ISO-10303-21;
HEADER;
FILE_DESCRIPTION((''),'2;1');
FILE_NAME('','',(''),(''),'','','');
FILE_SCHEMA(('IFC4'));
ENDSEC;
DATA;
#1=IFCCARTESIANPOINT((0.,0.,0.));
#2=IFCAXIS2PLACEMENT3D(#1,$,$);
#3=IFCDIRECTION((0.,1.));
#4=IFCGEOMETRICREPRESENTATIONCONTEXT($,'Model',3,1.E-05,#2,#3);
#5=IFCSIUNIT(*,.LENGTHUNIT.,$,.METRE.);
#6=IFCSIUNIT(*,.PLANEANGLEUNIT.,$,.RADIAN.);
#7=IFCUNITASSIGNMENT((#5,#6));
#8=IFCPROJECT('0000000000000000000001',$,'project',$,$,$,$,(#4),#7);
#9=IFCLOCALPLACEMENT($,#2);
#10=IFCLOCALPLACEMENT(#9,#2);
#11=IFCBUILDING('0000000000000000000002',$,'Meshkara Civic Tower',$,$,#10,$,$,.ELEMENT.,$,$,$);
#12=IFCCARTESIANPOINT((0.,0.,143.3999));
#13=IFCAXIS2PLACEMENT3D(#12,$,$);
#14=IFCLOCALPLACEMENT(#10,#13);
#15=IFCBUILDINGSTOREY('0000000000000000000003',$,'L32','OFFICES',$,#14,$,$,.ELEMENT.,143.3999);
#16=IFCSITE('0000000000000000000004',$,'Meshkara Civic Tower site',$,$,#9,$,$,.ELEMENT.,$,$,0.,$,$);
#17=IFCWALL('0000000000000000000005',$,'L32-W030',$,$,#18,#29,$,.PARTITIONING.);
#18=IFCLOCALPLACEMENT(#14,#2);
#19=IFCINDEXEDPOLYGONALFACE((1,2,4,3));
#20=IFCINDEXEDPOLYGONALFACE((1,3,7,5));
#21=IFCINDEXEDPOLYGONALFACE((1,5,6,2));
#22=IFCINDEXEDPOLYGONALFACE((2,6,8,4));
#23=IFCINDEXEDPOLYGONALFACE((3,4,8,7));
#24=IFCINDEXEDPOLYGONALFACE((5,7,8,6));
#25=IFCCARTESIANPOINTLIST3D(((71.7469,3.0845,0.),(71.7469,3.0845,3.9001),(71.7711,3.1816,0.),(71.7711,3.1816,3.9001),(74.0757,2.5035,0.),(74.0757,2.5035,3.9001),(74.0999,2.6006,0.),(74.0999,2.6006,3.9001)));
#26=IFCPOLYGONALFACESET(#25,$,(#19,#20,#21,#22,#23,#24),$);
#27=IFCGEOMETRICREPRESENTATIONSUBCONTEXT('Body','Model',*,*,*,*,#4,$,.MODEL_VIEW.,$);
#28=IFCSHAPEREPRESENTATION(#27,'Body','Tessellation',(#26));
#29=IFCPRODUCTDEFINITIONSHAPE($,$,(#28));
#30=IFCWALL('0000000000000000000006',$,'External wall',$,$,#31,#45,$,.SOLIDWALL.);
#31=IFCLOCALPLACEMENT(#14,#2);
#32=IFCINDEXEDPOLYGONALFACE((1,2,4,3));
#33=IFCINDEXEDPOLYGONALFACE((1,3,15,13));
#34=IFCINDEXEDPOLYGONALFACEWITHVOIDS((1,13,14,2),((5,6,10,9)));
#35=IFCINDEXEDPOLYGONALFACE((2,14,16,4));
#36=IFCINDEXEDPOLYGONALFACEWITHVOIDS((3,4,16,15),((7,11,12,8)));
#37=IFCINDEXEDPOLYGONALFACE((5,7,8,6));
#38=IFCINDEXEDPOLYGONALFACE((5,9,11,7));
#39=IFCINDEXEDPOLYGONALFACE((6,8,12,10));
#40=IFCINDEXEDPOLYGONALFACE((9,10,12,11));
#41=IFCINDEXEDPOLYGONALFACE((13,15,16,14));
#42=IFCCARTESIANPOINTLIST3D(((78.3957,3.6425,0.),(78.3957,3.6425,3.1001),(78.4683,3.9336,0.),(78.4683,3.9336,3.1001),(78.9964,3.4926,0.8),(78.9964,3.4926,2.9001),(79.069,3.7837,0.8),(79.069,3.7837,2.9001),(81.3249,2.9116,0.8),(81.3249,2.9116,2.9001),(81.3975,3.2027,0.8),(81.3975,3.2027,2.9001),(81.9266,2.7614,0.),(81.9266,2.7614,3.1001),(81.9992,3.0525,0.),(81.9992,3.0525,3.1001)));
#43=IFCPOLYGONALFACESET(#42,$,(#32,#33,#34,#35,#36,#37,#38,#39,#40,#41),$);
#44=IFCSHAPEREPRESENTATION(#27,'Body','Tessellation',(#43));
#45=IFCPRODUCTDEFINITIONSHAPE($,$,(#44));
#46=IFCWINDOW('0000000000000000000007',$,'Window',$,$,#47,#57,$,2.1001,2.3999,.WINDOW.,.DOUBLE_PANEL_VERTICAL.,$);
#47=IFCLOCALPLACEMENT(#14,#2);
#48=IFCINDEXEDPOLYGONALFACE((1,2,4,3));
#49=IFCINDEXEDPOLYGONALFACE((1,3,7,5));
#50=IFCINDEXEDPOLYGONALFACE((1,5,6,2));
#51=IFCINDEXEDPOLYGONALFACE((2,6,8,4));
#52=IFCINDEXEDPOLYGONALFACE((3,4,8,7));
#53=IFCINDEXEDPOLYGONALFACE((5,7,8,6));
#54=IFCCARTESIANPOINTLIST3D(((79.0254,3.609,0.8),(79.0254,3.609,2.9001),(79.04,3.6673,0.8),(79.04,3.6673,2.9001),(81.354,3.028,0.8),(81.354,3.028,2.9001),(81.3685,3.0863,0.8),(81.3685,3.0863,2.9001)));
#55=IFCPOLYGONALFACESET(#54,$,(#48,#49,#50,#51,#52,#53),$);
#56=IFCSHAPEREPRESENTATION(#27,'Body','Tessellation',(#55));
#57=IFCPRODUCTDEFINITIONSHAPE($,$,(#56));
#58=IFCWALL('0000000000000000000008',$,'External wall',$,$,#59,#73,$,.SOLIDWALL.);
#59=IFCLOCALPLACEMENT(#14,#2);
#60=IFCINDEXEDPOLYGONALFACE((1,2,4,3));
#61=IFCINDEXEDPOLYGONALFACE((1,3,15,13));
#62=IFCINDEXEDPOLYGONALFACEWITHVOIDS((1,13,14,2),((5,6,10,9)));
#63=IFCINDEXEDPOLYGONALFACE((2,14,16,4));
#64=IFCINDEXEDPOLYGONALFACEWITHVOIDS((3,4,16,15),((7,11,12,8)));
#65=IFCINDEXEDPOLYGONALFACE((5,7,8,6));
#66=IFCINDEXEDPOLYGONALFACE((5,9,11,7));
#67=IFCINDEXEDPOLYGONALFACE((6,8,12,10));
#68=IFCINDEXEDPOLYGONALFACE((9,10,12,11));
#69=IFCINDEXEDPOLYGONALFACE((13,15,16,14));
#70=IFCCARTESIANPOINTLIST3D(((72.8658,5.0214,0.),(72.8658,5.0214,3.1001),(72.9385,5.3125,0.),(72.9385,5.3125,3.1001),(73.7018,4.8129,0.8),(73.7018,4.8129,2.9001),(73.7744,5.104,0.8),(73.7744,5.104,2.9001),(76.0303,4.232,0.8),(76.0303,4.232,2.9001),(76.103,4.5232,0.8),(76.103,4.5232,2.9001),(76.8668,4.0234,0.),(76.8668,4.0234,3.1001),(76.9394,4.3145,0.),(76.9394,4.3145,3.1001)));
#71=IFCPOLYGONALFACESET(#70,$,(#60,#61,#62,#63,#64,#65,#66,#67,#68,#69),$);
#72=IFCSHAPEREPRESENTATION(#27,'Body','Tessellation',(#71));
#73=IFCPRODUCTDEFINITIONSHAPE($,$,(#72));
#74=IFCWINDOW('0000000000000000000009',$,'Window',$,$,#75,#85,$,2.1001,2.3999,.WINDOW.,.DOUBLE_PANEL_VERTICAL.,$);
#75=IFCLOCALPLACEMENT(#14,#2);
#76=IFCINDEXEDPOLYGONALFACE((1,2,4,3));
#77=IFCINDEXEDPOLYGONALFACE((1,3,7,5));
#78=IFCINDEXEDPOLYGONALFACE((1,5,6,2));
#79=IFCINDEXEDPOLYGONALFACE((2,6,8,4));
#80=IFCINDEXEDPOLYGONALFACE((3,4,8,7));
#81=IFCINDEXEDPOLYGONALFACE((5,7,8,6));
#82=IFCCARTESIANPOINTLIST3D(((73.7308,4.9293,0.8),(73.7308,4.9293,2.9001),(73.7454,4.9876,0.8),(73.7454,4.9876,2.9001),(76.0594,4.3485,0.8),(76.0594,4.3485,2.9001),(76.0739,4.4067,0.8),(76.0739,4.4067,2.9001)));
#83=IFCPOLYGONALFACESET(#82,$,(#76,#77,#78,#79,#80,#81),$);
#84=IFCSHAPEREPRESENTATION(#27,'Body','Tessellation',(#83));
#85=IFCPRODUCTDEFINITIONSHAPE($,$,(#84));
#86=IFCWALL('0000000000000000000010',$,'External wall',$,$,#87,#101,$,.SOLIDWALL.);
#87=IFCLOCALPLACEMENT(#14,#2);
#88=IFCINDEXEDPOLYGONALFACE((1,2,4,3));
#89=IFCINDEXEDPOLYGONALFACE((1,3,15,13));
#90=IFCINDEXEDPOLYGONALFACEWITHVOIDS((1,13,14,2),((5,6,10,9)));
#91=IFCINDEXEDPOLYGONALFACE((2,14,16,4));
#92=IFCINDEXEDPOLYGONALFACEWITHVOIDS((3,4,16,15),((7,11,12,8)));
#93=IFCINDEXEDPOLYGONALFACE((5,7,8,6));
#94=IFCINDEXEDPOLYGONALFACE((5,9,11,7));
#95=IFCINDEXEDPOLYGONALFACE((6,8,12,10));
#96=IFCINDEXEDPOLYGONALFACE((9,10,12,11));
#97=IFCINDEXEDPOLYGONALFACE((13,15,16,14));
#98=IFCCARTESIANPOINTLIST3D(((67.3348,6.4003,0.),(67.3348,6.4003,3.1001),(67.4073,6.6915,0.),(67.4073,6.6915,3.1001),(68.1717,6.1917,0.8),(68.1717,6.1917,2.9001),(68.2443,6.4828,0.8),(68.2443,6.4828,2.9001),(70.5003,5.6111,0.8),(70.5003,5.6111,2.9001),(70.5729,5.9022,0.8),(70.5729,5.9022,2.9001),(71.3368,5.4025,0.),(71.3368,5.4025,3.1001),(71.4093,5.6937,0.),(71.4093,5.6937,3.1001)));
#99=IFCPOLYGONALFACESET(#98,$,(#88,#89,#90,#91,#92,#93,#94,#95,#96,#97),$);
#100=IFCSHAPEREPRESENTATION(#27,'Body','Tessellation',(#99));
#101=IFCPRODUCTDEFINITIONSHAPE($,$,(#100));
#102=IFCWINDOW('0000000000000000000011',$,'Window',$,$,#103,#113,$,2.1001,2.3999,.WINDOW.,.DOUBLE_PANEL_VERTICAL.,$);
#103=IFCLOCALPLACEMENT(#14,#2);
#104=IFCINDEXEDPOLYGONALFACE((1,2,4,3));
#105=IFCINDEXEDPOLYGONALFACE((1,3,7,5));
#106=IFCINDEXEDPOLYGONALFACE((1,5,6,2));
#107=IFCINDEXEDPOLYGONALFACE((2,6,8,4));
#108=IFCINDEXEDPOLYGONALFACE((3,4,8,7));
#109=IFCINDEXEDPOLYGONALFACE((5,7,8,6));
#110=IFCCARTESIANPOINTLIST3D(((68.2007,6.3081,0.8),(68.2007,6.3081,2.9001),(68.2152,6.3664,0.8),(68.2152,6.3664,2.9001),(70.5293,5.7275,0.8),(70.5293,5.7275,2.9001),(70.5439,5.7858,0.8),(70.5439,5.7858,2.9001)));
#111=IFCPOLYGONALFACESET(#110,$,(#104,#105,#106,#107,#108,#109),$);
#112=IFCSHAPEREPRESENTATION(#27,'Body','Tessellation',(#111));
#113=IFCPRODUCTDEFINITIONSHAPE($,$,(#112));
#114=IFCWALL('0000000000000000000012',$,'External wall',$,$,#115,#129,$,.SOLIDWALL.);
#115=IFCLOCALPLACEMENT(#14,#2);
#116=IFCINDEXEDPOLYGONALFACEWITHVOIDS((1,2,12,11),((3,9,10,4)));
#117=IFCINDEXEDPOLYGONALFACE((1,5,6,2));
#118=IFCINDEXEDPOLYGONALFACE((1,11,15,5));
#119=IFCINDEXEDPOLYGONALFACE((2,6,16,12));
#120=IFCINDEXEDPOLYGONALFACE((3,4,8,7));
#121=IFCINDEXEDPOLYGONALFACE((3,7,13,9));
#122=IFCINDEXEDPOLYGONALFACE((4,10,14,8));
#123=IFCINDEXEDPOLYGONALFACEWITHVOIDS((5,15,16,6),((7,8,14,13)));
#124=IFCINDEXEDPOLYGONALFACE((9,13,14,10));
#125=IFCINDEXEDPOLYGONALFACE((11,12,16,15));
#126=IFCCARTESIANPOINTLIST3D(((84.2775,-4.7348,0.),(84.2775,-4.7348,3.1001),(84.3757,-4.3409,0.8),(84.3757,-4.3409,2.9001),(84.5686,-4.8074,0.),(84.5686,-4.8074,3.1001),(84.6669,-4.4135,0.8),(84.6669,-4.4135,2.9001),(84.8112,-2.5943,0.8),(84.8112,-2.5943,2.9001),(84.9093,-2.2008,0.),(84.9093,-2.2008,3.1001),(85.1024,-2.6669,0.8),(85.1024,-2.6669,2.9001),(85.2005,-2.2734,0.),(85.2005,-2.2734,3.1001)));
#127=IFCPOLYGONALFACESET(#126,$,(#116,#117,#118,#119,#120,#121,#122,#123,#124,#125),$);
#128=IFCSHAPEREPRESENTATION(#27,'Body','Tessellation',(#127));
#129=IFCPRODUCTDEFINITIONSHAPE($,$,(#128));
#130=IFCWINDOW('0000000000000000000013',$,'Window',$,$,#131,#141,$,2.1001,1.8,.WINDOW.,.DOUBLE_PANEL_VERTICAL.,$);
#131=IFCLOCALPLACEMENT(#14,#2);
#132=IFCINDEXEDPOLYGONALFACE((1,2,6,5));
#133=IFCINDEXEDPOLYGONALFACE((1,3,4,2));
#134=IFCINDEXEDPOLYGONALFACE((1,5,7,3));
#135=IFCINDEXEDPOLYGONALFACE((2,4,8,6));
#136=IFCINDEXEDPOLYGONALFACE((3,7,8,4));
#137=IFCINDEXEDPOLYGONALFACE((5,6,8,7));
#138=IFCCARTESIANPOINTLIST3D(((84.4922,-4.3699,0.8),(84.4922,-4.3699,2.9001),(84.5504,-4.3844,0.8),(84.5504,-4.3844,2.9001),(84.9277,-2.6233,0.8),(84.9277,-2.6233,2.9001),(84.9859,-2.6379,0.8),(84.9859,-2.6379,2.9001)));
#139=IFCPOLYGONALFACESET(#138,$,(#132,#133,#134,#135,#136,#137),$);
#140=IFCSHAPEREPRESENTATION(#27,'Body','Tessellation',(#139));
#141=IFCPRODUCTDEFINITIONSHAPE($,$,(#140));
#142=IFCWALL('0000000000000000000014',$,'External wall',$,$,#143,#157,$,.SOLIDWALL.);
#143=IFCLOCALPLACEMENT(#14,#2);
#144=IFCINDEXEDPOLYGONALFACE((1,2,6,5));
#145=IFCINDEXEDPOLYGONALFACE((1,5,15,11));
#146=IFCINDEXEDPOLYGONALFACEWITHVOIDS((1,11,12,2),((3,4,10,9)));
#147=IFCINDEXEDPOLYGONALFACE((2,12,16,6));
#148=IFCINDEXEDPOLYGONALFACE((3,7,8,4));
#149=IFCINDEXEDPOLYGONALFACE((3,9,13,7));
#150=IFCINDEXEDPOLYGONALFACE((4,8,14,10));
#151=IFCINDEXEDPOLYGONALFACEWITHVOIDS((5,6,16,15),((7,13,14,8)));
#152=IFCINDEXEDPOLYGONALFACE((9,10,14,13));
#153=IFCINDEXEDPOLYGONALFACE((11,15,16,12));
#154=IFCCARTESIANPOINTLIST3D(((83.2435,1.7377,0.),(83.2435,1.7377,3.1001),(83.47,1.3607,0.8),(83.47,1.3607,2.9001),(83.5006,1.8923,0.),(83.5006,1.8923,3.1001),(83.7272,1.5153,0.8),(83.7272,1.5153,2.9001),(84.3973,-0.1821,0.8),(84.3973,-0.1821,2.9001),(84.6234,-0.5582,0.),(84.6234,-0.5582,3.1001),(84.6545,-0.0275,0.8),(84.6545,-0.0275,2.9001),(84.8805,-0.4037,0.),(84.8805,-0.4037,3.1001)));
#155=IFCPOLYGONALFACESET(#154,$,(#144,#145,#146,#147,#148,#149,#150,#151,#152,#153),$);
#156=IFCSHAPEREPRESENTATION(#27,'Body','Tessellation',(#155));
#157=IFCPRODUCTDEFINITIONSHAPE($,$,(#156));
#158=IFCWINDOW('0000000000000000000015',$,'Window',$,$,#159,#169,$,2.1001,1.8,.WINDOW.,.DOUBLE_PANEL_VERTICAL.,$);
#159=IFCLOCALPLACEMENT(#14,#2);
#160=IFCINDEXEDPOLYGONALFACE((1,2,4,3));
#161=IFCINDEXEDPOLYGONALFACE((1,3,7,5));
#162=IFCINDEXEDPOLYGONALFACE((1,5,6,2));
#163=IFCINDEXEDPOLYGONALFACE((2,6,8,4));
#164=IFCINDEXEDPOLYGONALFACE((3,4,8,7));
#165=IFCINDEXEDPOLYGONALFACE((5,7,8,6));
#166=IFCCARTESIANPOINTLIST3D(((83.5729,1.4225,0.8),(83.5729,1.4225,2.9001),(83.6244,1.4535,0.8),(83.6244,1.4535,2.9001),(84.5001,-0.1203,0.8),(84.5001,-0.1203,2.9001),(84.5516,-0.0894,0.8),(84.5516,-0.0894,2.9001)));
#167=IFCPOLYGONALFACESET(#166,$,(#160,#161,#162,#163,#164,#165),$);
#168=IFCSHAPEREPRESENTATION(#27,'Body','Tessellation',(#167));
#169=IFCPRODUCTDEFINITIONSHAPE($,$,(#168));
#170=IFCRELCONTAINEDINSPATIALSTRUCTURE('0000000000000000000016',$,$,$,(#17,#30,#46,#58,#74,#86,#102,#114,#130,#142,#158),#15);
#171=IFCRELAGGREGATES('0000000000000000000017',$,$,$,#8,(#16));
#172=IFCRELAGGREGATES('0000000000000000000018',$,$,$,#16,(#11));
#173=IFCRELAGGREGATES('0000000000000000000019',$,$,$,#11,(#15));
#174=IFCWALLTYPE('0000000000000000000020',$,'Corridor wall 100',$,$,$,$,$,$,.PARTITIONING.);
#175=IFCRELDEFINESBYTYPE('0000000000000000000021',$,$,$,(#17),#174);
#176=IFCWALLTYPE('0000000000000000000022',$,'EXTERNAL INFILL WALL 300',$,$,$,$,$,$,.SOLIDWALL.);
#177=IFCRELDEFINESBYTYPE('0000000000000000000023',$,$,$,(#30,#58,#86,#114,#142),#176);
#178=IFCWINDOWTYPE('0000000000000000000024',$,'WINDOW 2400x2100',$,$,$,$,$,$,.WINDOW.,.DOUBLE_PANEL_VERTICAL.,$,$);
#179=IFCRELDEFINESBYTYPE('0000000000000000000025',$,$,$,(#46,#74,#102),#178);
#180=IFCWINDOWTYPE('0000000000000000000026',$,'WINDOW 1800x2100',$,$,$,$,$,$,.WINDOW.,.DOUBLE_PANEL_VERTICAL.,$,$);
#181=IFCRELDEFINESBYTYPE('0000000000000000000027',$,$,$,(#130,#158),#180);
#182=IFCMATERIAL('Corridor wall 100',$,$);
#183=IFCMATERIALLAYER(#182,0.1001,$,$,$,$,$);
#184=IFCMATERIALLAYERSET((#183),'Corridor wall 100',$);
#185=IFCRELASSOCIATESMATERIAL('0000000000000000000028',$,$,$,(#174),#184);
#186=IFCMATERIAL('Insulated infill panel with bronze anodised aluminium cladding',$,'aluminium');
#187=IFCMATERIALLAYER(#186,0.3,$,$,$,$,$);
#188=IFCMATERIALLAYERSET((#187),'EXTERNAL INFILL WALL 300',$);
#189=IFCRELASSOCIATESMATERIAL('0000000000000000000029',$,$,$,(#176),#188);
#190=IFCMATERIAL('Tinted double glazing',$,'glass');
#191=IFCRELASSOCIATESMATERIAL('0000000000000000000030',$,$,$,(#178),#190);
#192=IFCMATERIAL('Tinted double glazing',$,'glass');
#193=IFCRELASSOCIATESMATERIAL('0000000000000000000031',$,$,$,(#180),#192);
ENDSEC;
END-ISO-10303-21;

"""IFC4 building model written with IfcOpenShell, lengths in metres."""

from ifc_helpers import new_model, si_unit, direction, frame, frame_2d, origin, place, context, subcontext, project, spatial, rectangle, extrude, material, layer, layer_set, type_object, element, fill, save


model = new_model("IFC4")

# Units and contexts
model_context = context("Model", 3, precision=1e-05, world=origin(), true_north=direction((0.0, 1.0)))
body_context = subcontext(model_context, "Body", "Model", "MODEL_VIEW")
ifc_project = project(units=[si_unit("LENGTHUNIT", "METRE"), si_unit("PLANEANGLEUNIT", "RADIAN")], contexts=[model_context])

# Site, building, storey
site_placement = place(None, origin())
site = spatial("IfcSite", under=ifc_project, at=site_placement, Name="Meshkara Civic Tower site", CompositionType="ELEMENT", RefElevation=0.0)
building_placement = place(site_placement, origin())
building = spatial("IfcBuilding", under=site, at=building_placement, Name="Meshkara Civic Tower", CompositionType="ELEMENT")
storey_placement = place(building_placement, frame((0.0, 0.0, 143.3999)))
storey = spatial("IfcBuildingStorey", under=building, at=storey_placement, Name="L32", Description="OFFICES", CompositionType="ELEMENT", Elevation=143.3999)

# Shared definitions
ifc_material_1 = material(Name="Corridor wall 100")
ifc_layer_1 = layer(ifc_material_1, 0.1001)
ifc_layer_set_1 = layer_set([ifc_layer_1], Name="Corridor wall 100")
wall_type_1 = type_object("IfcWallType", Name="Corridor wall 100", PredefinedType="PARTITIONING", material=ifc_layer_set_1)

# Wall
wall_1_placement = place(storey_placement, frame((74.0879, 2.552, 0.0), z_axis=(0.0, 0.0, 1.0), x_axis=(-0.970256, 0.242081, 0.0)))
element("IfcWall", 1, at=wall_1_placement, inside=storey, type_object=wall_type_1, Name="L32-W030", PredefinedType="PARTITIONING", context=body_context, shape_type="SweptSolid", body=[
    extrude(rectangle(XDim=2.4001, YDim=0.1001, at=frame_2d((1.2002, 0.0))), origin(), (0.0, 0.0, 1.0), 3.9001),
])

# Walls, openings, windows
ifc_material_2 = material(Name="Insulated infill panel with bronze anodised aluminium cladding", Category="aluminium")
ifc_layer_2 = layer(ifc_material_2, 0.3)
ifc_layer_set_2 = layer_set([ifc_layer_2], Name="EXTERNAL INFILL WALL 300")
wall_type_2 = type_object("IfcWallType", Name="EXTERNAL INFILL WALL 300", PredefinedType="SOLIDWALL", material=ifc_layer_set_2)
wall_2_placement = place(storey_placement, frame((81.9629, 2.907, 0.0), z_axis=(0.0, 0.0, 1.0), x_axis=(-0.970249, 0.242109, 0.0)))
wall_2 = element("IfcWall", 2, at=wall_2_placement, inside=storey, type_object=wall_type_2, Name="External wall", PredefinedType="SOLIDWALL", context=body_context, shape_type="SweptSolid", body=[
    extrude(rectangle(XDim=3.6392, YDim=0.3, at=frame_2d((1.8196, 0.0))), origin(), (0.0, 0.0, 1.0), 3.1001),
])
opening_1_placement = place(wall_2_placement, frame((0.6201, 0.0, 0.8)))
opening_1 = element("IfcOpeningElement", 3, at=opening_1_placement, cuts=wall_2, PredefinedType="OPENING", context=body_context, shape_type="SweptSolid", body=[
    extrude(rectangle(XDim=2.3999, YDim=2.1001, at=frame_2d((1.2, 1.05))), frame((0.0, 0.1599, 0.0), z_axis=(0.0, -1.0, 0.0), x_axis=(1.0, 0.0, 0.0)), (0.0, 0.0, 1.0), 0.3201),
])
ifc_material_3 = material(Name="Tinted double glazing", Category="glass")
window_type_1 = type_object("IfcWindowType", Name="WINDOW 2400x2100", PartitioningType="DOUBLE_PANEL_VERTICAL", PredefinedType="WINDOW", material=ifc_material_3)
window_1_placement = place(opening_1_placement, origin())
window_1 = element("IfcWindow", 4, at=window_1_placement, inside=storey, type_object=window_type_1, Name="Window", OverallHeight=2.1001, OverallWidth=2.3999, PartitioningType="DOUBLE_PANEL_VERTICAL", PredefinedType="WINDOW", context=body_context, shape_type="SweptSolid", body=[
    extrude(rectangle(XDim=2.3999, YDim=2.1001, at=frame_2d((1.2, 1.05))), frame((0.0, 0.03, 0.0), z_axis=(0.0, -1.0, 0.0), x_axis=(1.0, 0.0, 0.0)), (0.0, 0.0, 1.0), 0.0601),
])
fill(opening_1, window_1)
wall_3_placement = place(storey_placement, frame((76.9031, 4.1689, 0.0), z_axis=(0.0, 0.0, 1.0), x_axis=(-0.970268, 0.242034, 0.0)))
wall_3 = element("IfcWall", 5, at=wall_3_placement, inside=storey, type_object=wall_type_2, Name="External wall", PredefinedType="SOLIDWALL", context=body_context, shape_type="SweptSolid", body=[
    extrude(rectangle(XDim=4.1235, YDim=0.3, at=frame_2d((2.0618, 0.0))), origin(), (0.0, 0.0, 1.0), 3.1001),
])
opening_2_placement = place(wall_3_placement, frame((0.8621, 0.0, 0.8)))
opening_2 = element("IfcOpeningElement", 6, at=opening_2_placement, cuts=wall_3, PredefinedType="OPENING", context=body_context, shape_type="SweptSolid", body=[
    extrude(rectangle(XDim=2.3999, YDim=2.1001, at=frame_2d((1.2, 1.05))), frame((0.0, 0.1599, 0.0), z_axis=(0.0, -1.0, 0.0), x_axis=(1.0, 0.0, 0.0)), (0.0, 0.0, 1.0), 0.3201),
])
window_2_placement = place(opening_2_placement, origin())
window_2 = element("IfcWindow", 7, at=window_2_placement, inside=storey, type_object=window_type_1, Name="Window", OverallHeight=2.1001, OverallWidth=2.3999, PartitioningType="DOUBLE_PANEL_VERTICAL", PredefinedType="WINDOW", context=body_context, shape_type="SweptSolid", body=[
    extrude(rectangle(XDim=2.3999, YDim=2.1001, at=frame_2d((1.2, 1.05))), frame((0.0, 0.03, 0.0), z_axis=(0.0, -1.0, 0.0), x_axis=(1.0, 0.0, 0.0)), (0.0, 0.0, 1.0), 0.0601),
])
fill(opening_2, window_2)
wall_4_placement = place(storey_placement, frame((71.373, 5.5481, 0.0), z_axis=(0.0, 0.0, 1.0), x_axis=(-0.970296, 0.241923, 0.0)))
wall_4 = element("IfcWall", 8, at=wall_4_placement, inside=storey, type_object=wall_type_2, Name="External wall", PredefinedType="SOLIDWALL", context=body_context, shape_type="SweptSolid", body=[
    extrude(rectangle(XDim=4.1245, YDim=0.3, at=frame_2d((2.0623, 0.0))), origin(), (0.0, 0.0, 1.0), 3.1001),
])
opening_3_placement = place(wall_4_placement, frame((0.8621, 0.0, 0.8)))
opening_3 = element("IfcOpeningElement", 9, at=opening_3_placement, cuts=wall_4, PredefinedType="OPENING", context=body_context, shape_type="SweptSolid", body=[
    extrude(rectangle(XDim=2.3999, YDim=2.1001, at=frame_2d((1.2, 1.05))), frame((0.0, 0.1599, 0.0), z_axis=(0.0, -1.0, 0.0), x_axis=(1.0, 0.0, 0.0)), (0.0, 0.0, 1.0), 0.3201),
])
window_3_placement = place(opening_3_placement, origin())
window_3 = element("IfcWindow", 10, at=window_3_placement, inside=storey, type_object=window_type_1, Name="Window", OverallHeight=2.1001, OverallWidth=2.3999, PartitioningType="DOUBLE_PANEL_VERTICAL", PredefinedType="WINDOW", context=body_context, shape_type="SweptSolid", body=[
    extrude(rectangle(XDim=2.3999, YDim=2.1001, at=frame_2d((1.2, 1.05))), frame((0.0, 0.03, 0.0), z_axis=(0.0, -1.0, 0.0), x_axis=(1.0, 0.0, 0.0)), (0.0, 0.0, 1.0), 0.0601),
])
fill(opening_3, window_3)
wall_5_placement = place(storey_placement, frame((84.4231, -4.771, 0.0), z_axis=(0.0, 0.0, 1.0), x_axis=(0.241942, 0.970291, 0.0)))
wall_5 = element("IfcWall", 11, at=wall_5_placement, inside=storey, type_object=wall_type_2, Name="External wall", PredefinedType="SOLIDWALL", context=body_context, shape_type="SweptSolid", body=[
    extrude(rectangle(XDim=2.6116, YDim=0.3, at=frame_2d((1.3057, 0.0))), origin(), (0.0, 0.0, 1.0), 3.1001),
])
opening_4_placement = place(wall_5_placement, frame((0.406, 0.0, 0.8)))
opening_4 = element("IfcOpeningElement", 12, at=opening_4_placement, cuts=wall_5, PredefinedType="OPENING", context=body_context, shape_type="SweptSolid", body=[
    extrude(rectangle(XDim=1.8, YDim=2.1001, at=frame_2d((0.8999, 1.05))), frame((0.0, 0.1599, 0.0), z_axis=(0.0, -1.0, 0.0), x_axis=(1.0, 0.0, 0.0)), (0.0, 0.0, 1.0), 0.3201),
])
ifc_material_4 = material(Name="Tinted double glazing", Category="glass")
window_type_2 = type_object("IfcWindowType", Name="WINDOW 1800x2100", PartitioningType="DOUBLE_PANEL_VERTICAL", PredefinedType="WINDOW", material=ifc_material_4)
window_4_placement = place(opening_4_placement, origin())
window_4 = element("IfcWindow", 13, at=window_4_placement, inside=storey, type_object=window_type_2, Name="Window", OverallHeight=2.1001, OverallWidth=1.8, PartitioningType="DOUBLE_PANEL_VERTICAL", PredefinedType="WINDOW", context=body_context, shape_type="SweptSolid", body=[
    extrude(rectangle(XDim=1.8, YDim=2.1001, at=frame_2d((0.8999, 1.05))), frame((0.0, 0.03, 0.0), z_axis=(0.0, -1.0, 0.0), x_axis=(1.0, 0.0, 0.0)), (0.0, 0.0, 1.0), 0.0601),
])
fill(opening_4, window_4)
wall_6_placement = place(storey_placement, frame((84.752, -0.481, 0.0), z_axis=(0.0, 0.0, 1.0), x_axis=(-0.515139, 0.857107, 0.0)))
wall_6 = element("IfcWall", 14, at=wall_6_placement, inside=storey, type_object=wall_type_2, Name="External wall", PredefinedType="SOLIDWALL", context=body_context, shape_type="SweptSolid", body=[
    extrude(rectangle(XDim=2.6787, YDim=0.3, at=frame_2d((1.3394, 0.0))), origin(), (0.0, 0.0, 1.0), 3.1001),
])
opening_5_placement = place(wall_6_placement, frame((0.439, 0.0, 0.8)))
opening_5 = element("IfcOpeningElement", 15, at=opening_5_placement, cuts=wall_6, PredefinedType="OPENING", context=body_context, shape_type="SweptSolid", body=[
    extrude(rectangle(XDim=1.8, YDim=2.1001, at=frame_2d((0.8999, 1.05))), frame((0.0, 0.1599, 0.0), z_axis=(0.0, -1.0, 0.0), x_axis=(1.0, 0.0, 0.0)), (0.0, 0.0, 1.0), 0.3201),
])
window_5_placement = place(opening_5_placement, origin())
window_5 = element("IfcWindow", 16, at=window_5_placement, inside=storey, type_object=window_type_2, Name="Window", OverallHeight=2.1001, OverallWidth=1.8, PartitioningType="DOUBLE_PANEL_VERTICAL", PredefinedType="WINDOW", context=body_context, shape_type="SweptSolid", body=[
    extrude(rectangle(XDim=1.8, YDim=2.1001, at=frame_2d((0.8999, 1.05))), frame((0.0, 0.03, 0.0), z_axis=(0.0, -1.0, 0.0), x_axis=(1.0, 0.0, 0.0)), (0.0, 0.0, 1.0), 0.0601),
])
fill(opening_5, window_5)

save(model, "model.ifc")
